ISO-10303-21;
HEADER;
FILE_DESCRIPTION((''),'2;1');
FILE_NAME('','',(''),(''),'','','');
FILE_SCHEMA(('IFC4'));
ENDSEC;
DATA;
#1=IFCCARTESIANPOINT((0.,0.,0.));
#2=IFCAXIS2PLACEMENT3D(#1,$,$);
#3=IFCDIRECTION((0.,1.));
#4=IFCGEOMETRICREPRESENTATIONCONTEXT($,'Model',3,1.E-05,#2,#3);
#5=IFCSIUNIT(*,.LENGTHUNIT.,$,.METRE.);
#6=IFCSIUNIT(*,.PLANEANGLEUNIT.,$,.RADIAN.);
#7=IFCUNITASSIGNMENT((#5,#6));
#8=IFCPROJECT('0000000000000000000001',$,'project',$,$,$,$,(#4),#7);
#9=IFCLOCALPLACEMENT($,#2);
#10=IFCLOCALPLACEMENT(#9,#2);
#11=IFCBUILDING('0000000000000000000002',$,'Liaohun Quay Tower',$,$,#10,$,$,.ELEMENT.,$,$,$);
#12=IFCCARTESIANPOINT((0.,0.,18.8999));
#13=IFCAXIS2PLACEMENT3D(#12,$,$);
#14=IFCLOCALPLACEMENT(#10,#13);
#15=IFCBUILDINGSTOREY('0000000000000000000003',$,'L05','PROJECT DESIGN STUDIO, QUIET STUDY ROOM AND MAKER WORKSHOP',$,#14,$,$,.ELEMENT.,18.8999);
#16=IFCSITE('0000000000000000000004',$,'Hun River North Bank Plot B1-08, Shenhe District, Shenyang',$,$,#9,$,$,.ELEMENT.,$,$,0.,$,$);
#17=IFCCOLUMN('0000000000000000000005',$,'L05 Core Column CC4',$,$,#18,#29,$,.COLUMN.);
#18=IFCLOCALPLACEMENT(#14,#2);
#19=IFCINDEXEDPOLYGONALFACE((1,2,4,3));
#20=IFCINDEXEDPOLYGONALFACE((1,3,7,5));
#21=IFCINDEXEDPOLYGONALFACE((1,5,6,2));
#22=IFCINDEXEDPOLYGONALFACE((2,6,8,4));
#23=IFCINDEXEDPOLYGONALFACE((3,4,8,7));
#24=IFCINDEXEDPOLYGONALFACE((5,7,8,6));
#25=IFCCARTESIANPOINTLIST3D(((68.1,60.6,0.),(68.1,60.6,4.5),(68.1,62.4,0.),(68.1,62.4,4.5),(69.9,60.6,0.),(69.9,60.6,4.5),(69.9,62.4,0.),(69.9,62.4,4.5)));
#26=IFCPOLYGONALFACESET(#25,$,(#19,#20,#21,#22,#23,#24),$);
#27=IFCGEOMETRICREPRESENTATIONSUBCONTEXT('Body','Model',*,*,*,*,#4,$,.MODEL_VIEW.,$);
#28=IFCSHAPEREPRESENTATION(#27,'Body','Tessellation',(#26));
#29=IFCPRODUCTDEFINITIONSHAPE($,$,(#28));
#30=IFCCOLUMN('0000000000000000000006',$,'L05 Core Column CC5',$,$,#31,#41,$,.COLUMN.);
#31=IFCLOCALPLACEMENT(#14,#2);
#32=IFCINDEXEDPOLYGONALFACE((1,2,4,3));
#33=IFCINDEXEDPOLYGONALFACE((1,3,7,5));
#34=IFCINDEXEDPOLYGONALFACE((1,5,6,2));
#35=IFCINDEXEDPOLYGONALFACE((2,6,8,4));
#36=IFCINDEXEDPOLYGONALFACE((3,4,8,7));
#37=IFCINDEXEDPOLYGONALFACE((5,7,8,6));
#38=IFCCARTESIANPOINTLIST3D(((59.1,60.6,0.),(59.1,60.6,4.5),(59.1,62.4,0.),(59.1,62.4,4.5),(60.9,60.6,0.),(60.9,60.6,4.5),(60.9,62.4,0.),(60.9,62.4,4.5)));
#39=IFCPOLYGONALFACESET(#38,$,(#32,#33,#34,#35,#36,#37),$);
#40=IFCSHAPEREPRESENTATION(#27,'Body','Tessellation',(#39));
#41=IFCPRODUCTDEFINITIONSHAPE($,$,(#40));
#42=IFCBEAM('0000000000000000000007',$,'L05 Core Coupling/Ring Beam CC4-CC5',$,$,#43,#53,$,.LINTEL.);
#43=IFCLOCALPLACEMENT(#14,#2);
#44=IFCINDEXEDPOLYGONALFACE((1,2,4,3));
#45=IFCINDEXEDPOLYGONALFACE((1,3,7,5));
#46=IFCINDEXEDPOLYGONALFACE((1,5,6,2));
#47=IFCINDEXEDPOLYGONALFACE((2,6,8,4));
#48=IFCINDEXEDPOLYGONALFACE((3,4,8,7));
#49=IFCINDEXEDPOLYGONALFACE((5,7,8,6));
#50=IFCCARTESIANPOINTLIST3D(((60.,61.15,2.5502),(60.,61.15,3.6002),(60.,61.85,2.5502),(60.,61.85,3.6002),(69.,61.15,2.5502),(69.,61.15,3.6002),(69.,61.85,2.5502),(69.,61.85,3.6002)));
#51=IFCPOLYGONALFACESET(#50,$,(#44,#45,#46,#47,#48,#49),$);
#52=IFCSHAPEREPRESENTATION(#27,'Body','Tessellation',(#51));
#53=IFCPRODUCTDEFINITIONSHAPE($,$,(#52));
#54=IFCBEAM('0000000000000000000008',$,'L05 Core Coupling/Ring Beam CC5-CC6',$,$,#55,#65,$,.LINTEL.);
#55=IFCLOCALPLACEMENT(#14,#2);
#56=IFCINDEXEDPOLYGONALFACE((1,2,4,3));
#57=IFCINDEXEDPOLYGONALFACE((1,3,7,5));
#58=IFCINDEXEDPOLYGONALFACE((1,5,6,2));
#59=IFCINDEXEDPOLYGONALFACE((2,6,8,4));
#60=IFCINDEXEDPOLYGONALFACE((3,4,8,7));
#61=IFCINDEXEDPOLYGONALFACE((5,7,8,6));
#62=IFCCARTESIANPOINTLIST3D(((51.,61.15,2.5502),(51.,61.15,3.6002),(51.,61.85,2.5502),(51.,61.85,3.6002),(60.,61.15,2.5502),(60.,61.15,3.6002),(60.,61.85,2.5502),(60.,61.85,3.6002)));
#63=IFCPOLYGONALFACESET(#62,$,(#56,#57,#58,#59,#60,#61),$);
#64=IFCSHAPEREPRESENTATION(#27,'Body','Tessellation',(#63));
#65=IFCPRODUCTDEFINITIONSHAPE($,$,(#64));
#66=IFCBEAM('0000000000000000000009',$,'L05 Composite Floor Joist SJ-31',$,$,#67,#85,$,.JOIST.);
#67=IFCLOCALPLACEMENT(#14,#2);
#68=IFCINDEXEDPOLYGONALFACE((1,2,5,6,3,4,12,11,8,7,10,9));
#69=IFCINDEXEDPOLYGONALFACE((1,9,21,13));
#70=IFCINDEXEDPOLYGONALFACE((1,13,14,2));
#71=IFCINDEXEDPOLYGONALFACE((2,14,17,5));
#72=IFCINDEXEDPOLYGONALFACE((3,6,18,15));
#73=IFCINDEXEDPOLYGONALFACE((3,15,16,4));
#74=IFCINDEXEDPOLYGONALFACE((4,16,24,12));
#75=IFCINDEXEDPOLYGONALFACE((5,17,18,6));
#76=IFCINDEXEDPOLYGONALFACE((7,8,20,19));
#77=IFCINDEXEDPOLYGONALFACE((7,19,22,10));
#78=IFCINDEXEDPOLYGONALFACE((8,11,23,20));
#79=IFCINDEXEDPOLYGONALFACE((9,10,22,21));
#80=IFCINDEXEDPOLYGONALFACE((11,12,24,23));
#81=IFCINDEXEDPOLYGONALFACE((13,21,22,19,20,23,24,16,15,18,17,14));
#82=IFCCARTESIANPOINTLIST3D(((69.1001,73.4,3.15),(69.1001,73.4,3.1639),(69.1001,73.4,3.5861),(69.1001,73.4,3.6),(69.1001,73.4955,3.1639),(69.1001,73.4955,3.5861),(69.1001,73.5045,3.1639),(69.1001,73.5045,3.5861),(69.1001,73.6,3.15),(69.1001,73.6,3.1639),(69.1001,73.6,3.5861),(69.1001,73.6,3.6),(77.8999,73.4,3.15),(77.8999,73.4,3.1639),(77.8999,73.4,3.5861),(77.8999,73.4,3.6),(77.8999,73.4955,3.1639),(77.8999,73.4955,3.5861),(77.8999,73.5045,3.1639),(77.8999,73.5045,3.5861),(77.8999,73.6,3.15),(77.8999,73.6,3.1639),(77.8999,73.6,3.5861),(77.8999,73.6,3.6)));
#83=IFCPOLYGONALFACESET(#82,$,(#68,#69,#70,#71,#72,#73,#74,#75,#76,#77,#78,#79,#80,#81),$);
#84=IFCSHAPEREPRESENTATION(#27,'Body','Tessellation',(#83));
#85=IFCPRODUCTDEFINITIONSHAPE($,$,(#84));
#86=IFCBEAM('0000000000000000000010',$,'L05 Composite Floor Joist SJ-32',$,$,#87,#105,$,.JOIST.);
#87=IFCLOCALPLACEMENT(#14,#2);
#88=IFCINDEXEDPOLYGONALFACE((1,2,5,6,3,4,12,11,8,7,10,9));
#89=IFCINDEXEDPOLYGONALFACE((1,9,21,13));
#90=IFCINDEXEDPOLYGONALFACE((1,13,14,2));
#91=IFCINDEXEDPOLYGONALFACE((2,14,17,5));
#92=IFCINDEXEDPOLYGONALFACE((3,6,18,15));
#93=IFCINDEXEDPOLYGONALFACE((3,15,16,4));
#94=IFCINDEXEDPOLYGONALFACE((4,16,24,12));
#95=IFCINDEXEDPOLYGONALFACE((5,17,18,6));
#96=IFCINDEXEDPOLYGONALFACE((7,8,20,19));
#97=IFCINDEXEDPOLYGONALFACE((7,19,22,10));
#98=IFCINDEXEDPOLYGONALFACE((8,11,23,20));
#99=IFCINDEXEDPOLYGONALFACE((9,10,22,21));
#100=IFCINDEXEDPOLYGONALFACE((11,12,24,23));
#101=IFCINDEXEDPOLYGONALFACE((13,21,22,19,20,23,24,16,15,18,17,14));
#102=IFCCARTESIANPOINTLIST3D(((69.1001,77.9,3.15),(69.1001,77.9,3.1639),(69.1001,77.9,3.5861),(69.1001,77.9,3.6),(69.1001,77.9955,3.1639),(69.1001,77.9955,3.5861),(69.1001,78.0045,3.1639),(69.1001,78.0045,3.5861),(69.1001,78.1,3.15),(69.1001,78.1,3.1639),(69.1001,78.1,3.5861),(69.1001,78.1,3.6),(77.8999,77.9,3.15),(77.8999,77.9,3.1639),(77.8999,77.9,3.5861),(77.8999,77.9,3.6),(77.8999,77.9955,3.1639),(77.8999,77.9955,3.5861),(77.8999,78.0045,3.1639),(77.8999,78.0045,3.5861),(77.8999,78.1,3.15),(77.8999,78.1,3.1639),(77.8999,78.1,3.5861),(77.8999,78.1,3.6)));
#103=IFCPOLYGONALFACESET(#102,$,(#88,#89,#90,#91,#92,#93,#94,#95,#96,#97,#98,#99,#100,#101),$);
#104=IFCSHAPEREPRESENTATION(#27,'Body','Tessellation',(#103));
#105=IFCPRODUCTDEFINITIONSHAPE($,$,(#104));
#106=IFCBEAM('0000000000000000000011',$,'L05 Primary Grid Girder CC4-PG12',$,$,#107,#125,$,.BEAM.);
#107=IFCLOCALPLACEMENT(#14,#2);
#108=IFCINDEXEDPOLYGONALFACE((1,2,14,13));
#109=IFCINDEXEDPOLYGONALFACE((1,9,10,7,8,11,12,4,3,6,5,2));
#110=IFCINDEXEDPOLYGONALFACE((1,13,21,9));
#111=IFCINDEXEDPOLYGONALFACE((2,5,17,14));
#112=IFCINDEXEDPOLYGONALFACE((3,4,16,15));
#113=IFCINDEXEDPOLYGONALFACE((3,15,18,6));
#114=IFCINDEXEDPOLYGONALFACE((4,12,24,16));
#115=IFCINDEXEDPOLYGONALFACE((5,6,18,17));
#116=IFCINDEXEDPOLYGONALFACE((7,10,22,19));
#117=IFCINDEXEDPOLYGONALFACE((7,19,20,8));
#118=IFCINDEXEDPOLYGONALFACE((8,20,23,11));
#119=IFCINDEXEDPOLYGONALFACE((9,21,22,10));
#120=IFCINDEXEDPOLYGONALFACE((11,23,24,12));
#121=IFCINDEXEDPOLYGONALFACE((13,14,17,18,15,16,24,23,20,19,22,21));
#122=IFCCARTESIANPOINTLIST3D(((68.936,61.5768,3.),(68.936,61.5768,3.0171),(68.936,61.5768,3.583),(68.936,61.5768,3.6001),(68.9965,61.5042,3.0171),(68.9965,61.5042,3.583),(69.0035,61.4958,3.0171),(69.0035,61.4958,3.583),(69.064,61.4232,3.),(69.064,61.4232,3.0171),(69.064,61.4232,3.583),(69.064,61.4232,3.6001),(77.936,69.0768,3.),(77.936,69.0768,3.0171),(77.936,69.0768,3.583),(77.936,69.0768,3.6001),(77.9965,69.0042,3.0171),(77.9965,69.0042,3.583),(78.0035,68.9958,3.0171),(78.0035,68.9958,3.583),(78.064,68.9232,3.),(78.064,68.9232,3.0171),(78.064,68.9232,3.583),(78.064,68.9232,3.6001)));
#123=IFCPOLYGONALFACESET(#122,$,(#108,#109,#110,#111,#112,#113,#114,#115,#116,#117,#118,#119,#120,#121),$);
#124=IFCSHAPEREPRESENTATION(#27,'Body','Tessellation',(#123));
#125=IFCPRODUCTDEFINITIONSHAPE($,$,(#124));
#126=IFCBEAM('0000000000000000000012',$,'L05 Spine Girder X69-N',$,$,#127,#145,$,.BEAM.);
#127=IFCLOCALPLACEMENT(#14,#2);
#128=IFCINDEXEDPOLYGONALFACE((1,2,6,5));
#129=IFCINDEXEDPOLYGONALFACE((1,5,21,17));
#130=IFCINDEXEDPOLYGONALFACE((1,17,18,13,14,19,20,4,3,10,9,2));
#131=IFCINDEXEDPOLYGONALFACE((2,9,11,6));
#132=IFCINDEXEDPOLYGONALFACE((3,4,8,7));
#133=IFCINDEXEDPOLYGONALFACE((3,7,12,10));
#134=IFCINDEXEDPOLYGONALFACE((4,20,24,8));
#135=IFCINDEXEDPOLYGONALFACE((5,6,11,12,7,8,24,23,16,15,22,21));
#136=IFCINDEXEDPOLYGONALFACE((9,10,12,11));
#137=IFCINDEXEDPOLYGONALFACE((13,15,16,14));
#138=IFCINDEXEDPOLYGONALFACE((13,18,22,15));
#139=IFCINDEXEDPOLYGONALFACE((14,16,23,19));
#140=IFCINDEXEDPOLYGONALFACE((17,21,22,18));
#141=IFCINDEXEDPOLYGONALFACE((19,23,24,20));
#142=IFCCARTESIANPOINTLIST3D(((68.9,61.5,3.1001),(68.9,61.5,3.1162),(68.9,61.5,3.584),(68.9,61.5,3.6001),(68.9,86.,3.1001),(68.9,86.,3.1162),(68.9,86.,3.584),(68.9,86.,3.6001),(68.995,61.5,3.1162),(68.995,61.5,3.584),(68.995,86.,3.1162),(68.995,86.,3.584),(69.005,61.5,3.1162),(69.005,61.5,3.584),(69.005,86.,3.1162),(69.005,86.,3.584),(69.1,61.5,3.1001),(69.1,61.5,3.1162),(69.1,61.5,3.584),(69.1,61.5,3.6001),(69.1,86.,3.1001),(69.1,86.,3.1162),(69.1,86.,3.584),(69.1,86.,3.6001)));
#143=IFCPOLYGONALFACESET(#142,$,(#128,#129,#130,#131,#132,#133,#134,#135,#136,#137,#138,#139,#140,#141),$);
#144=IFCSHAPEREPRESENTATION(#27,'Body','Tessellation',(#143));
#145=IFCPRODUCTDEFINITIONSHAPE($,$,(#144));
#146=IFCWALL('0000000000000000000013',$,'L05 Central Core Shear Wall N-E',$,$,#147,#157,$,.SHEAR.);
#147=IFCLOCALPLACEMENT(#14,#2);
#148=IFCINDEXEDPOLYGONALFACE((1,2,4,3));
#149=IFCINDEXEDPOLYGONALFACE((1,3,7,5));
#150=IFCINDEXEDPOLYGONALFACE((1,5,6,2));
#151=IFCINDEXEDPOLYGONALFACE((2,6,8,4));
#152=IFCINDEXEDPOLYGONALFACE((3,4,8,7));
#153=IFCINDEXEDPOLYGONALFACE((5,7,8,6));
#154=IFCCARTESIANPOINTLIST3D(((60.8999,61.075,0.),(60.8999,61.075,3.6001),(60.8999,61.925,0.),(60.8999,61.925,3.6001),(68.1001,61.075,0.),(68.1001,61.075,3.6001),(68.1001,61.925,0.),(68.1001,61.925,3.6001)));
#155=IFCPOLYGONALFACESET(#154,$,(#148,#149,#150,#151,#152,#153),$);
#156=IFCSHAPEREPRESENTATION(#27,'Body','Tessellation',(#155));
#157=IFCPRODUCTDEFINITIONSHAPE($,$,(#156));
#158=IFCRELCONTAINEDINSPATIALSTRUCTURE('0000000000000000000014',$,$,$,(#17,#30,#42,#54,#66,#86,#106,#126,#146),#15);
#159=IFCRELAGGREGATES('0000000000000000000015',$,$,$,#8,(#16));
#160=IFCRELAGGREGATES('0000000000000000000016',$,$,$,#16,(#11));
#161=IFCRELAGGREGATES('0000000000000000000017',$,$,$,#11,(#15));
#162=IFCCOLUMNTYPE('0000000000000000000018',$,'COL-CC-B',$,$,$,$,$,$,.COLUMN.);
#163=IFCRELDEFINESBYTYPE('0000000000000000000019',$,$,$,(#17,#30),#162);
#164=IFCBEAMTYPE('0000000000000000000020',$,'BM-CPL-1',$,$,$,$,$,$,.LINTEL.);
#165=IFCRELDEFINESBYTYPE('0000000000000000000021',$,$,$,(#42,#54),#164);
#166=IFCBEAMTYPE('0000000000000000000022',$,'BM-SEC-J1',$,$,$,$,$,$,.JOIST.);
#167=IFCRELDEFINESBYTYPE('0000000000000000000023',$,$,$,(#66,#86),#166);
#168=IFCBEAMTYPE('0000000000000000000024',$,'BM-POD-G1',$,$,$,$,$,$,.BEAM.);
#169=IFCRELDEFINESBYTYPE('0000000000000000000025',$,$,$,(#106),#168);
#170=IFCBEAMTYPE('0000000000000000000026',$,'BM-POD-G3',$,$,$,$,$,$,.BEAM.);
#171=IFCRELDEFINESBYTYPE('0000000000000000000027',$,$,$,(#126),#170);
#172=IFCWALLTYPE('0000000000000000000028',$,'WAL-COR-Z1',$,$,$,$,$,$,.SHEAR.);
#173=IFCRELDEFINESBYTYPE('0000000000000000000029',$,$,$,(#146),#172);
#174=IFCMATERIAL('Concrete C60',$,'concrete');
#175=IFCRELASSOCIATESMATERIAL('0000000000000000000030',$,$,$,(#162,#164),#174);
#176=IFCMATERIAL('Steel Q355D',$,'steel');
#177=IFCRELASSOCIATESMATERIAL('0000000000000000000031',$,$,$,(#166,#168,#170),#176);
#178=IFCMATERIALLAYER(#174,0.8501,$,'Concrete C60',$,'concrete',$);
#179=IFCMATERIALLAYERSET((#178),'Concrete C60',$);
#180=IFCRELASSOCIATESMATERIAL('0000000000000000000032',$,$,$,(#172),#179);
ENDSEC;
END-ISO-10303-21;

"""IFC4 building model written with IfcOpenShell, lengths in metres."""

from ifc_helpers import new_model, si_unit, direction, frame, frame_2d, origin, origin_2d, place, context, subcontext, project, spatial, rectangle, i_section, extrude, source, transform, mapped, material, layer, layer_set, material_profile, profile_set, type_object, element, save


model = new_model("IFC4")

# Units and contexts
model_context = context("Model", 3, precision=1e-05, world=origin(), true_north=direction((0.0, 1.0)))
body_context = subcontext(model_context, "Body", "Model", "MODEL_VIEW")
ifc_project = project(units=[si_unit("LENGTHUNIT", "METRE"), si_unit("PLANEANGLEUNIT", "RADIAN")], contexts=[model_context])

# Site, building, storey
site_placement = place(None, origin())
site = spatial("IfcSite", under=ifc_project, at=site_placement, Name="Hun River North Bank Plot B1-08, Shenhe District, Shenyang", CompositionType="ELEMENT", RefElevation=0.0)
building_placement = place(site_placement, origin())
building = spatial("IfcBuilding", under=site, at=building_placement, Name="Liaohun Quay Tower", CompositionType="ELEMENT")
storey_placement = place(building_placement, frame((0.0, 0.0, 18.8999)))
storey = spatial("IfcBuildingStorey", under=building, at=storey_placement, Name="L05", Description="PROJECT DESIGN STUDIO, QUIET STUDY ROOM AND MAKER WORKSHOP", CompositionType="ELEMENT", Elevation=18.8999)

# Columns
ifc_material_1 = material(Name="Concrete C60", Category="concrete")
ifc_material_profile_1 = material_profile(ifc_material_1, rectangle(XDim=1.8, YDim=1.8, at=origin_2d()), Name="RC1800x1800")
ifc_profile_set_1 = profile_set([ifc_material_profile_1], Name="Concrete C60")
column_type = type_object("IfcColumnType", Name="COL-CC-B", PredefinedType="COLUMN", material=ifc_profile_set_1)
shared_shape_1 = source(origin(), body_context, "Body", "SweptSolid", [
    extrude(rectangle(XDim=1.8, YDim=1.8, at=origin_2d()), origin(), (0.0, 0.0, 1.0), 4.5),
])
for number, where, z_axis, x_axis, name in (
    (1, (69.0, 61.5, 0.0), (0.0, 0.0, 1.0), (1.0, 0.0, 0.0), "L05 Core Column CC4"),
    (2, (60.0, 61.5, 0.0), (0.0, 0.0, 1.0), (1.0, 0.0, 0.0), "L05 Core Column CC5"),
):
    element("IfcColumn", number, at=place(storey_placement, frame(where, z_axis=z_axis, x_axis=x_axis)), inside=storey, type_object=column_type, Name=name, PredefinedType="COLUMN", context=body_context, shape_type="MappedRepresentation", body=[
        mapped(shared_shape_1, transform((0.0, 0.0, 0.0), x_axis=(1.0, 0.0, 0.0), y_axis=(0.0, 1.0, 0.0), z_axis=(0.0, 0.0, 1.0), scale=1.0)),
    ])

# Beams
ifc_material_profile_2 = material_profile(ifc_material_1, rectangle(XDim=0.7, YDim=1.05, at=origin_2d()), Name="RC700x1050")
ifc_profile_set_2 = profile_set([ifc_material_profile_2], Name="Concrete C60")
beam_type_1 = type_object("IfcBeamType", Name="BM-CPL-1", PredefinedType="LINTEL", material=ifc_profile_set_2)
shared_shape_2 = source(origin(), body_context, "Body", "SweptSolid", [
    extrude(rectangle(XDim=0.7, YDim=1.05, at=origin_2d()), origin(), (0.0, 0.0, 1.0), 9.0),
])
for number, where, z_axis, x_axis, name in (
    (3, (69.0, 61.5, 3.0752), (-1.0, 0.0, 0.0), (0.0, -1.0, 0.0), "L05 Core Coupling/Ring Beam CC4-CC5"),
    (4, (60.0, 61.5, 3.0752), (-1.0, 0.0, 0.0), (0.0, -1.0, 0.0), "L05 Core Coupling/Ring Beam CC5-CC6"),
):
    element("IfcBeam", number, at=place(storey_placement, frame(where, z_axis=z_axis, x_axis=x_axis)), inside=storey, type_object=beam_type_1, Name=name, PredefinedType="LINTEL", context=body_context, shape_type="MappedRepresentation", body=[
        mapped(shared_shape_2, transform((0.0, 0.0, 0.0), x_axis=(1.0, 0.0, 0.0), y_axis=(0.0, 1.0, 0.0), z_axis=(0.0, 0.0, 1.0), scale=1.0)),
    ])
ifc_material_2 = material(Name="Steel Q355D", Category="steel")
ifc_material_profile_3 = material_profile(ifc_material_2, i_section(OverallWidth=0.2, OverallDepth=0.45, WebThickness=0.009, FlangeThickness=0.0139, at=origin_2d()), Name="HN450x200x9x14")
ifc_profile_set_3 = profile_set([ifc_material_profile_3], Name="Steel Q355D")
beam_type_2 = type_object("IfcBeamType", Name="BM-SEC-J1", PredefinedType="JOIST", material=ifc_profile_set_3)
shared_shape_3 = source(origin(), body_context, "Body", "SweptSolid", [
    extrude(i_section(OverallWidth=0.2, OverallDepth=0.45, WebThickness=0.009, FlangeThickness=0.0139, at=origin_2d()), origin(), (0.0, 0.0, 1.0), 8.7998),
])
for number, where, z_axis, x_axis, name in (
    (5, (69.1001, 73.5, 3.375), (1.0, 0.0, 0.0), (0.0, 1.0, 0.0), "L05 Composite Floor Joist SJ-31"),
    (6, (69.1001, 78.0, 3.375), (1.0, 0.0, 0.0), (0.0, 1.0, 0.0), "L05 Composite Floor Joist SJ-32"),
):
    element("IfcBeam", number, at=place(storey_placement, frame(where, z_axis=z_axis, x_axis=x_axis)), inside=storey, type_object=beam_type_2, Name=name, PredefinedType="JOIST", context=body_context, shape_type="MappedRepresentation", body=[
        mapped(shared_shape_3, transform((0.0, 0.0, 0.0), x_axis=(1.0, 0.0, 0.0), y_axis=(0.0, 1.0, 0.0), z_axis=(0.0, 0.0, 1.0), scale=1.0)),
    ])
ifc_material_profile_4 = material_profile(ifc_material_2, i_section(OverallWidth=0.2, OverallDepth=0.6001, WebThickness=0.011, FlangeThickness=0.0171, at=origin_2d()), Name="HN600x200x11x17")
ifc_profile_set_4 = profile_set([ifc_material_profile_4], Name="Steel Q355D")
beam_type_3 = type_object("IfcBeamType", Name="BM-POD-G1", PredefinedType="BEAM", material=ifc_profile_set_4)
shared_shape_4 = source(origin(), body_context, "Body", "SweptSolid", [
    extrude(i_section(OverallWidth=0.2, OverallDepth=0.6001, WebThickness=0.011, FlangeThickness=0.0171, at=origin_2d()), origin(), (0.0, 0.0, 1.0), 11.7153),
])
beam_1_placement = place(storey_placement, frame((69.0, 61.5, 3.3), z_axis=(0.768221, 0.640184, 0.0), x_axis=(-0.640184, 0.768221, 0.0)))
element("IfcBeam", 7, at=beam_1_placement, inside=storey, type_object=beam_type_3, Name="L05 Primary Grid Girder CC4-PG12", PredefinedType="BEAM", context=body_context, shape_type="MappedRepresentation", body=[
    mapped(shared_shape_4, transform((0.0, 0.0, 0.0), x_axis=(1.0, 0.0, 0.0), y_axis=(0.0, 1.0, 0.0), z_axis=(0.0, 0.0, 1.0), scale=1.0)),
])
ifc_material_profile_5 = material_profile(ifc_material_2, i_section(OverallWidth=0.2, OverallDepth=0.5, WebThickness=0.01, FlangeThickness=0.0161, at=origin_2d()), Name="HN500x200x10x16")
ifc_profile_set_5 = profile_set([ifc_material_profile_5], Name="Steel Q355D")
beam_type_4 = type_object("IfcBeamType", Name="BM-POD-G3", PredefinedType="BEAM", material=ifc_profile_set_5)
shared_shape_5 = source(origin(), body_context, "Body", "SweptSolid", [
    extrude(i_section(OverallWidth=0.2, OverallDepth=0.5, WebThickness=0.01, FlangeThickness=0.0161, at=origin_2d()), origin(), (0.0, 0.0, 1.0), 24.5),
])
beam_2_placement = place(storey_placement, frame((69.0, 61.5, 3.3501), z_axis=(0.0, 1.0, 0.0), x_axis=(-1.0, 0.0, 0.0)))
element("IfcBeam", 8, at=beam_2_placement, inside=storey, type_object=beam_type_4, Name="L05 Spine Girder X69-N", PredefinedType="BEAM", context=body_context, shape_type="MappedRepresentation", body=[
    mapped(shared_shape_5, transform((0.0, 0.0, 0.0), x_axis=(1.0, 0.0, 0.0), y_axis=(0.0, 1.0, 0.0), z_axis=(0.0, 0.0, 1.0), scale=1.0)),
])

# Wall
ifc_layer_1 = layer(ifc_material_1, 0.8501, Name="Concrete C60", Category="concrete")
ifc_layer_set_1 = layer_set([ifc_layer_1], Name="Concrete C60")
wall_type_1 = type_object("IfcWallType", Name="WAL-COR-Z1", PredefinedType="SHEAR", material=ifc_layer_set_1)
wall_1_placement = place(storey_placement, frame((60.8999, 61.5, 0.0), z_axis=(0.0, 0.0, 1.0), x_axis=(1.0, 0.0, 0.0)))
element("IfcWall", 9, at=wall_1_placement, inside=storey, type_object=wall_type_1, Name="L05 Central Core Shear Wall N-E", PredefinedType="SHEAR", context=body_context, shape_type="SweptSolid", body=[
    extrude(rectangle(XDim=7.2002, YDim=0.8501, at=frame_2d((3.6001, 0.0))), origin(), (0.0, 0.0, 1.0), 3.6001),
])

save(model, "model.ifc")
